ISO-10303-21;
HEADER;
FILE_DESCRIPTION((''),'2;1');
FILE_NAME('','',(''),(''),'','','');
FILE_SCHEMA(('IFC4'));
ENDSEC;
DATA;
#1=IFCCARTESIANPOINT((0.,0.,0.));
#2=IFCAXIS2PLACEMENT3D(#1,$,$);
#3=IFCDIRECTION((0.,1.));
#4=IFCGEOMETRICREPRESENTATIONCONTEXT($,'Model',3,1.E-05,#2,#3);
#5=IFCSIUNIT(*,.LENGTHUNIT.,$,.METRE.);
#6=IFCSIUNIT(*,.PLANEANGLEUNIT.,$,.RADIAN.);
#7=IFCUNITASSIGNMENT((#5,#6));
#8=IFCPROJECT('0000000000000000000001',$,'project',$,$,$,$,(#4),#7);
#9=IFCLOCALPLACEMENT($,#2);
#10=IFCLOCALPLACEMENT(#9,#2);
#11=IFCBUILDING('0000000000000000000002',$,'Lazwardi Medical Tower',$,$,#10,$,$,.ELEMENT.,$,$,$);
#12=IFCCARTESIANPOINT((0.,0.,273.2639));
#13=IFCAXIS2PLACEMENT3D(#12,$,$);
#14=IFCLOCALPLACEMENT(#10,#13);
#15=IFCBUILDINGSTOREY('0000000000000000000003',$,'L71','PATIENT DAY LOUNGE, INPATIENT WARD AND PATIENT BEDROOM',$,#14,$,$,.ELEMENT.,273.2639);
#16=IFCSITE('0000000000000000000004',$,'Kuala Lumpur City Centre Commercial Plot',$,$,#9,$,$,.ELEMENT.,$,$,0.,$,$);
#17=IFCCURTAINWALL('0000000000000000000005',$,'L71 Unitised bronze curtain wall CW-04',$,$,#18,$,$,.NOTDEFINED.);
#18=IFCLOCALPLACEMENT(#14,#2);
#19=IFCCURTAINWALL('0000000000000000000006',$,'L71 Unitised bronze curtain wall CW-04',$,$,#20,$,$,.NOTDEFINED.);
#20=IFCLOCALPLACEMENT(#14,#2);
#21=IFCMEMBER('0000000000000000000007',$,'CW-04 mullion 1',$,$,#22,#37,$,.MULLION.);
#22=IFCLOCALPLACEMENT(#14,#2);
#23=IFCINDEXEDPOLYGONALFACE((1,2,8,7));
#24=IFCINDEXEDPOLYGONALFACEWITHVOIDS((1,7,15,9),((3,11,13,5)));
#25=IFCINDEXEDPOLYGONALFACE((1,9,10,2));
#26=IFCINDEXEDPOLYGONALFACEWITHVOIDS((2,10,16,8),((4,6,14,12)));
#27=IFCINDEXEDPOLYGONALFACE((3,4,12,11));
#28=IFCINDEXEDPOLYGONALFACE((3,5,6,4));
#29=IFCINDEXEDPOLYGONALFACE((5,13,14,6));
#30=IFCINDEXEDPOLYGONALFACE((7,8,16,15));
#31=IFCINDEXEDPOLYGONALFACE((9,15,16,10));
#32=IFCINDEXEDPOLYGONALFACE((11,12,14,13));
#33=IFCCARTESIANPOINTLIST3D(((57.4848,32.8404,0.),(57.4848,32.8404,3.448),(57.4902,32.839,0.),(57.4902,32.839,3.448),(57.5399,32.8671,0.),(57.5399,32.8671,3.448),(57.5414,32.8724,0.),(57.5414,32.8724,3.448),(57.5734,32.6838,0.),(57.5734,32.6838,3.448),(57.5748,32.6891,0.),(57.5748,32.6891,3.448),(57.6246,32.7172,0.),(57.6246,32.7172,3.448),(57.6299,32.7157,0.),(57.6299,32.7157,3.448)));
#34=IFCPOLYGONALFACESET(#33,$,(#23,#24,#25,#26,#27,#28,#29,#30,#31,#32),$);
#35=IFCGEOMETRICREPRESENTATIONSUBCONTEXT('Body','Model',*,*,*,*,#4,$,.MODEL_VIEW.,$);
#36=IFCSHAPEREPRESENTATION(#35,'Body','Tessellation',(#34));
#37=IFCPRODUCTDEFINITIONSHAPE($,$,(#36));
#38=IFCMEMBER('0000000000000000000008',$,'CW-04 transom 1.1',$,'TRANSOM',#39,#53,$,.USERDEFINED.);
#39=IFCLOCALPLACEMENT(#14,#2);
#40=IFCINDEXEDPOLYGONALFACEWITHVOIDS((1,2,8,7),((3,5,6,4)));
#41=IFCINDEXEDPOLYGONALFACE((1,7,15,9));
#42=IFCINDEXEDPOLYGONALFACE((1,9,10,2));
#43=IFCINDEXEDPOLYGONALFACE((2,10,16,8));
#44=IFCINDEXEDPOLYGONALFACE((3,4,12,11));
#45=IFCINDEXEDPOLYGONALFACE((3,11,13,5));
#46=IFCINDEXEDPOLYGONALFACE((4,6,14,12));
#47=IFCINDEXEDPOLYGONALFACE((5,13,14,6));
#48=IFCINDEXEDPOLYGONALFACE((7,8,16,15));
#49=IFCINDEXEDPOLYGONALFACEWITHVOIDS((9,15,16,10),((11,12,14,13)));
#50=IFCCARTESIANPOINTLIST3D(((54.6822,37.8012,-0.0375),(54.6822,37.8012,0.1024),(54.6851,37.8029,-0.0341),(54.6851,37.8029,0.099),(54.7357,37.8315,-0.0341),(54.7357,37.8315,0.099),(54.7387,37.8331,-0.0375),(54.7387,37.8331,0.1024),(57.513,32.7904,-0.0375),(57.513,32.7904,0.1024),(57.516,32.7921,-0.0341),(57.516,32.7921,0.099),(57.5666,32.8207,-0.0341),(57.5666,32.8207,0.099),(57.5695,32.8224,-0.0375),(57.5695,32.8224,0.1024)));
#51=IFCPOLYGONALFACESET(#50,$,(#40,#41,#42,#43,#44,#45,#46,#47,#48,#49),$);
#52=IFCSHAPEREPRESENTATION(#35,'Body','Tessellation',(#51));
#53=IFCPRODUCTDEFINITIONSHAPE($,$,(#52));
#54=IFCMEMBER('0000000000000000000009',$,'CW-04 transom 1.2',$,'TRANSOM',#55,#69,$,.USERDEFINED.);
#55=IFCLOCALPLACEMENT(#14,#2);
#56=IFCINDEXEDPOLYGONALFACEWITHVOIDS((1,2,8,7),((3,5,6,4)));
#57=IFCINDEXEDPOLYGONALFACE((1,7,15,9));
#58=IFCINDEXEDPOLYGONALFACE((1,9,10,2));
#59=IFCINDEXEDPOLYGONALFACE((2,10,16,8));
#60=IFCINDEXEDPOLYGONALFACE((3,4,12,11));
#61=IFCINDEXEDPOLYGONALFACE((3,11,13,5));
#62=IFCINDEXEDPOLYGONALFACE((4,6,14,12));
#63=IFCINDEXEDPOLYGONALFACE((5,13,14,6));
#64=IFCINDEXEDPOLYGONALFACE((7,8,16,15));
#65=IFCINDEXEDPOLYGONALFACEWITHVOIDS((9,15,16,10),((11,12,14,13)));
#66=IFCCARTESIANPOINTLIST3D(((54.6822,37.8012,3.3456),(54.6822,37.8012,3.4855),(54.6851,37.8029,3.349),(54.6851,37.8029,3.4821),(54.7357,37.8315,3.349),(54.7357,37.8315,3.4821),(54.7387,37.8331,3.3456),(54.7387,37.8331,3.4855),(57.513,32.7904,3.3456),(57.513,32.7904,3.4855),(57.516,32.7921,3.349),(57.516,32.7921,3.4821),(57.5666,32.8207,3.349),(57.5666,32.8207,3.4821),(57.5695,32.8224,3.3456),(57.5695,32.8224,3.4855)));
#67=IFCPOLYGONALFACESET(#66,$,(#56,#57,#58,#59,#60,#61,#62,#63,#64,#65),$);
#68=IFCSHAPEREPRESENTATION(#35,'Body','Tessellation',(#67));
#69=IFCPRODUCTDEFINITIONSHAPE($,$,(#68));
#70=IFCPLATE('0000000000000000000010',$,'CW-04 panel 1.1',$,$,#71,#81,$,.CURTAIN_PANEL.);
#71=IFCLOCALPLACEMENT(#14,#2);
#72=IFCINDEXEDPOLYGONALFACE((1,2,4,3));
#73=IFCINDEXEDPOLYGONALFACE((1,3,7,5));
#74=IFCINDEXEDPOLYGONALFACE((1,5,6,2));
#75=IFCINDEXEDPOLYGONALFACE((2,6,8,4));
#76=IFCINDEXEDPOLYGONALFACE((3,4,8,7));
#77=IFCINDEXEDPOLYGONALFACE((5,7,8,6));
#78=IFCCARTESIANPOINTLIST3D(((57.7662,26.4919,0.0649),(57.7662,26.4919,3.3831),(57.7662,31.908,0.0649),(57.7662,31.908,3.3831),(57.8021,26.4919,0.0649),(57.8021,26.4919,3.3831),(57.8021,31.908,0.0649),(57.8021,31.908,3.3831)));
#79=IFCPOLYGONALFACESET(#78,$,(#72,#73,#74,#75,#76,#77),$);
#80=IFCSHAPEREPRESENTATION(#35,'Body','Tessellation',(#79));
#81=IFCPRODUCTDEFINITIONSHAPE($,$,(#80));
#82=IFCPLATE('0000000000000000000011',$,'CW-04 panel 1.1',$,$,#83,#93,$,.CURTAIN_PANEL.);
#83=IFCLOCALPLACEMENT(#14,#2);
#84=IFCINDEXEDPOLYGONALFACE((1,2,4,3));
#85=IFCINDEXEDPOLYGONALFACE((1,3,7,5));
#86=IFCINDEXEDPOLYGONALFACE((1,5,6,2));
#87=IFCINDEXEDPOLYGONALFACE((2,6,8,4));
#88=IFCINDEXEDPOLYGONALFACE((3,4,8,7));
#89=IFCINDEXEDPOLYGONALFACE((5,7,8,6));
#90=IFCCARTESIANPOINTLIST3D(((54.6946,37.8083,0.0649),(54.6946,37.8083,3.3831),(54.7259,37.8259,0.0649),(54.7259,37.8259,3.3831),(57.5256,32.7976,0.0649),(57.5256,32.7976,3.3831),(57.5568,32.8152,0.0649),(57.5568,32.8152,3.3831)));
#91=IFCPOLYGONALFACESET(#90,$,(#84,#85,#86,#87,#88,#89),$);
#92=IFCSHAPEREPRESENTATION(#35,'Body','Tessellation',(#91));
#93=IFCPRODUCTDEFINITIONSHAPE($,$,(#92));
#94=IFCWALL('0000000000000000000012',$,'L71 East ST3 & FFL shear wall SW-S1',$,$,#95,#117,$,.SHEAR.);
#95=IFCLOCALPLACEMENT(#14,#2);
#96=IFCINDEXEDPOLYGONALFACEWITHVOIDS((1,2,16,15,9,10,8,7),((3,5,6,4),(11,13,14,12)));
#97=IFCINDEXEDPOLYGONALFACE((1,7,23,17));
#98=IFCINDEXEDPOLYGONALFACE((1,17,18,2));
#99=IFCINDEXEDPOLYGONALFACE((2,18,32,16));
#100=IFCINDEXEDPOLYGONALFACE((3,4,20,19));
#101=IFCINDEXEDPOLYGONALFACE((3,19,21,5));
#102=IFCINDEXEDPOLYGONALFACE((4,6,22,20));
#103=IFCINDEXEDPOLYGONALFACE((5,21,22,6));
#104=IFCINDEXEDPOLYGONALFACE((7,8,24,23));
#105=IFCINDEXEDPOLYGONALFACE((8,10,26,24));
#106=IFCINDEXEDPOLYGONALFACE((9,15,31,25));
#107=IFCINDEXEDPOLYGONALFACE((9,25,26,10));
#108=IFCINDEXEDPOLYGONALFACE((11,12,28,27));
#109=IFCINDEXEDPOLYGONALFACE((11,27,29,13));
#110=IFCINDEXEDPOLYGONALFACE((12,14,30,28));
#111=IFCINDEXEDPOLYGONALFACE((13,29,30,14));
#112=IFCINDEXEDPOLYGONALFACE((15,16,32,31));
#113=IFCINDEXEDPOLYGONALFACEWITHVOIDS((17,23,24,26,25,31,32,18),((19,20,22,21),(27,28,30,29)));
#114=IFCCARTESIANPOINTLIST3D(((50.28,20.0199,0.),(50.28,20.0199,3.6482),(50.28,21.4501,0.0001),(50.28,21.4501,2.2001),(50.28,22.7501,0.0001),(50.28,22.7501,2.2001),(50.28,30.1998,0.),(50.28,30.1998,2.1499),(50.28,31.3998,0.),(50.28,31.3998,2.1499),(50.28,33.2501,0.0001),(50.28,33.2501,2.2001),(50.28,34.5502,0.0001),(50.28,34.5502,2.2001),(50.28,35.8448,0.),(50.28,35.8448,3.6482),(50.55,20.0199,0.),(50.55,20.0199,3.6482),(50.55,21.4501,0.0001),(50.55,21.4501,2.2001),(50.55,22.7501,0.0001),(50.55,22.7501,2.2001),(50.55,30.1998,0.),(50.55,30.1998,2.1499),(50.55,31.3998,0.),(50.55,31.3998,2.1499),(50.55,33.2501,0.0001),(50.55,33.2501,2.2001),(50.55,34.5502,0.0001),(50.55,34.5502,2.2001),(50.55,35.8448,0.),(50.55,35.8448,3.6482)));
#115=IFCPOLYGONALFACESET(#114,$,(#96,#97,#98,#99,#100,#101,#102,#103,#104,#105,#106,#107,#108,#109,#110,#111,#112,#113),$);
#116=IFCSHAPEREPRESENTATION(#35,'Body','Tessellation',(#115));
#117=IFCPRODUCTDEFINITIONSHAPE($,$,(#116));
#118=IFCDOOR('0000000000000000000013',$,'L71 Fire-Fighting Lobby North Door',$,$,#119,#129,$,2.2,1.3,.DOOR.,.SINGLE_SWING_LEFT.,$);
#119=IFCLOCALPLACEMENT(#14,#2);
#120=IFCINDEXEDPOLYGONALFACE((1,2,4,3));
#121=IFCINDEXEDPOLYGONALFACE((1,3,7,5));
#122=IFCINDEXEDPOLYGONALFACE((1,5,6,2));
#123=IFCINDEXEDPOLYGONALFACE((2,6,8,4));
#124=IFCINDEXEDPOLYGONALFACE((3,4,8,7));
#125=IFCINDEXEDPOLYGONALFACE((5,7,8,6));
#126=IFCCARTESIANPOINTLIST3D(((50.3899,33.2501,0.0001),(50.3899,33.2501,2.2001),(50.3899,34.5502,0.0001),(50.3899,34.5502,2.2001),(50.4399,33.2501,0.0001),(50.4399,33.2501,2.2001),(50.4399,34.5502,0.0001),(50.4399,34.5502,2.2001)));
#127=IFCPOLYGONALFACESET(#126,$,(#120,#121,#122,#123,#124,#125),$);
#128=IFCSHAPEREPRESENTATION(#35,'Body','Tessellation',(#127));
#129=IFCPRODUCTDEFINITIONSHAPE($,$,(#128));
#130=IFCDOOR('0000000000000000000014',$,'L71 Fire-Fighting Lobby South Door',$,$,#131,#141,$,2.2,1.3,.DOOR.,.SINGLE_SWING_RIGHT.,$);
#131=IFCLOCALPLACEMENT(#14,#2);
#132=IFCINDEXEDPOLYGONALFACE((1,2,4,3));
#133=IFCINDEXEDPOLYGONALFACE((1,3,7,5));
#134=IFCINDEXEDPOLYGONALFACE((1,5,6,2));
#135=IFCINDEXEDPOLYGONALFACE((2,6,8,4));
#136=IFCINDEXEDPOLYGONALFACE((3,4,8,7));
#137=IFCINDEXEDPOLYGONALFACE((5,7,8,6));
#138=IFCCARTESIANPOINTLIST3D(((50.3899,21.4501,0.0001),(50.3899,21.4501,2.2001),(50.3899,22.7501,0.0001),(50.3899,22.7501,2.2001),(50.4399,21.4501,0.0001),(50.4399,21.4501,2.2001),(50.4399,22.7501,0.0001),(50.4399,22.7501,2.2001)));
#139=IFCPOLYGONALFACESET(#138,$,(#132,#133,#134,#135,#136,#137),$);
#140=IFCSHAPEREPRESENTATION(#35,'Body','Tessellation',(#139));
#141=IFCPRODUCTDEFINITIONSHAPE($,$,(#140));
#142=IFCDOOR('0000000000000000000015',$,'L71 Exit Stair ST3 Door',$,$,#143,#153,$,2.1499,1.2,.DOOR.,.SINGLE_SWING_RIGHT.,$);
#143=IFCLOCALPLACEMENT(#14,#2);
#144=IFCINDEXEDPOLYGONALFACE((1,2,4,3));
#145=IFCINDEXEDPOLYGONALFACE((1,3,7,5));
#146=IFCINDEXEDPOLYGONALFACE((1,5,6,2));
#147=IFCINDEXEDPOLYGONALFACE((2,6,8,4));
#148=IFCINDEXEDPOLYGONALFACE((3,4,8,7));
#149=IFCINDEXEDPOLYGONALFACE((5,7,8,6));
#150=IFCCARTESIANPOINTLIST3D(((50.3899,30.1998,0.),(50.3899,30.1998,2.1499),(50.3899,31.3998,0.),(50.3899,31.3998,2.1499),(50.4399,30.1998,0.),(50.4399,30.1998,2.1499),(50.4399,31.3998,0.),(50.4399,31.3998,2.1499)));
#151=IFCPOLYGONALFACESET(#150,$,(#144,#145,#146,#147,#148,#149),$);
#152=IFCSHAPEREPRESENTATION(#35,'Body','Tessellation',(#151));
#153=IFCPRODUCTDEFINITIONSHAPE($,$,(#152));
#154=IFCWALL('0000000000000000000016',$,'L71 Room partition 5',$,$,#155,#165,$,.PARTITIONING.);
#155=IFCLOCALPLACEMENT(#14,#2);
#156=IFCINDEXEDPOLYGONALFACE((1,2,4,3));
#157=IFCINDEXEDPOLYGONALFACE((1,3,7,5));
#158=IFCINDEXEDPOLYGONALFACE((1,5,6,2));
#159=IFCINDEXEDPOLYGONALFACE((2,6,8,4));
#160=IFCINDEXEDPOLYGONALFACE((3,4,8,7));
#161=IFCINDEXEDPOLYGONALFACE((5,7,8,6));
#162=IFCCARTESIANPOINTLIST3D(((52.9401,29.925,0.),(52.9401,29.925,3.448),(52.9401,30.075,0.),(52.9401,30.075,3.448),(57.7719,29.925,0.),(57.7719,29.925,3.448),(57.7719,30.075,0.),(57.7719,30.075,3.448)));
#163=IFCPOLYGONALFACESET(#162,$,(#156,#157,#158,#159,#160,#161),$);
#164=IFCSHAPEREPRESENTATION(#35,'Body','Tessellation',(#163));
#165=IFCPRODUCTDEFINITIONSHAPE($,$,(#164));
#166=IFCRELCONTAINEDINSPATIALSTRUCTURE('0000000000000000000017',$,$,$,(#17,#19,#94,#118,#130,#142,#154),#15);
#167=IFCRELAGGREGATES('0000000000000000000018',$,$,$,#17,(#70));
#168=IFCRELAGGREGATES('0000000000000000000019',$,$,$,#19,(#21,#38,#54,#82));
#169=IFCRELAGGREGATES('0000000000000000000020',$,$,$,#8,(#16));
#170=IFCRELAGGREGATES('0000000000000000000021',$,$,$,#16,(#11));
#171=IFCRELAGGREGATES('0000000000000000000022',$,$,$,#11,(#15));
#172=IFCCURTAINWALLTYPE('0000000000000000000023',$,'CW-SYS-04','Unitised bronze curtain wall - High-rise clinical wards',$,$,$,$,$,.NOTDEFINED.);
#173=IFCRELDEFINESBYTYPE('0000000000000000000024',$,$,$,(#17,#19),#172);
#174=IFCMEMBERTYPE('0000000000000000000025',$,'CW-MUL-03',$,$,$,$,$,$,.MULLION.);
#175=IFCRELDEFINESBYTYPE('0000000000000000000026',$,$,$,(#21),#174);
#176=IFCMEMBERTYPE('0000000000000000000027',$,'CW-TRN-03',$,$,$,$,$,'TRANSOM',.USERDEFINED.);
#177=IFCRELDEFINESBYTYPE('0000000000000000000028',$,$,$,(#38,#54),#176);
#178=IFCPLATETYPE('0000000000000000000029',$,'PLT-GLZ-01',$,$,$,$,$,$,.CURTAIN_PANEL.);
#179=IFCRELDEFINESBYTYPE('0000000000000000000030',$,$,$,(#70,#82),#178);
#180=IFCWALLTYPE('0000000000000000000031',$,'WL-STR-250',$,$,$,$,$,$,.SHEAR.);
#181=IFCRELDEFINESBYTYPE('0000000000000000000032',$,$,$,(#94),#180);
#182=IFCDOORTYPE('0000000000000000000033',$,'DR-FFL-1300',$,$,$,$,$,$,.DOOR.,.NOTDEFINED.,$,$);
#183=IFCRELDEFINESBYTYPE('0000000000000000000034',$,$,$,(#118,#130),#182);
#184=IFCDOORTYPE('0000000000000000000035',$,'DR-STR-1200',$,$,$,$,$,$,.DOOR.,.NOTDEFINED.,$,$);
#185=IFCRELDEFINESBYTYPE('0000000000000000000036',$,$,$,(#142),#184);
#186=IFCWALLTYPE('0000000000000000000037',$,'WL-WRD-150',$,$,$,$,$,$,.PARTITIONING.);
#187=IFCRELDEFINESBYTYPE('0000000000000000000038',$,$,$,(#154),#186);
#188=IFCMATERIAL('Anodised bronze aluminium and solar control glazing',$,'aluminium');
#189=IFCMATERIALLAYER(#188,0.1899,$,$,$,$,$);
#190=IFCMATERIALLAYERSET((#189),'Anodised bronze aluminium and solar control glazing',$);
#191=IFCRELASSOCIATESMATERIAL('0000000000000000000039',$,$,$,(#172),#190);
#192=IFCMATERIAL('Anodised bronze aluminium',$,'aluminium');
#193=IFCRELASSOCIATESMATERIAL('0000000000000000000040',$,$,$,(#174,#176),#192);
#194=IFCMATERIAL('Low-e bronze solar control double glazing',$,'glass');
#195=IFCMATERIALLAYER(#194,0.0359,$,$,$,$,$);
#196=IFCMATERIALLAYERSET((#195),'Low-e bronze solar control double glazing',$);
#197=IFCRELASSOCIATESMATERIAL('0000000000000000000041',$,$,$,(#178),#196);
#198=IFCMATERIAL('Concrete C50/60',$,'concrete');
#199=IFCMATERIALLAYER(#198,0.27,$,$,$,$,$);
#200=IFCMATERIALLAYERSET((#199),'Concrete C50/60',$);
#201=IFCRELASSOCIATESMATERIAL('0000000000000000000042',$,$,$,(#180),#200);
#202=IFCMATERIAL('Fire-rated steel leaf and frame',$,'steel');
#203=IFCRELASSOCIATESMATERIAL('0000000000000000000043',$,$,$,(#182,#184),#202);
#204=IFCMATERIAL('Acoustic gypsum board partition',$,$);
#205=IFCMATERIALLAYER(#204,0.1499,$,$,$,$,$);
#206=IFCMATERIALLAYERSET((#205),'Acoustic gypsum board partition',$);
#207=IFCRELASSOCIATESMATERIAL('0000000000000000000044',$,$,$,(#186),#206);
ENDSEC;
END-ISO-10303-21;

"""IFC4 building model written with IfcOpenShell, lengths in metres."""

from ifc_helpers import new_model, si_unit, direction, frame, frame_2d, origin, origin_2d, place, context, subcontext, project, spatial, rectangle, hollow_rectangle, extrude, material, layer, layer_set, material_profile, profile_set, type_object, element, fill, aggregate, save


model = new_model("IFC4")

# Units and contexts
model_context = context("Model", 3, precision=1e-05, world=origin(), true_north=direction((0.0, 1.0)))
body_context = subcontext(model_context, "Body", "Model", "MODEL_VIEW")
ifc_project = project(units=[si_unit("LENGTHUNIT", "METRE"), si_unit("PLANEANGLEUNIT", "RADIAN")], contexts=[model_context])

# Site, building, storey
site_placement = place(None, origin())
site = spatial("IfcSite", under=ifc_project, at=site_placement, Name="Kuala Lumpur City Centre Commercial Plot", CompositionType="ELEMENT", RefElevation=0.0)
building_placement = place(site_placement, origin())
building = spatial("IfcBuilding", under=site, at=building_placement, Name="Lazwardi Medical Tower", CompositionType="ELEMENT")
storey_placement = place(building_placement, frame((0.0, 0.0, 273.2639)))
storey = spatial("IfcBuildingStorey", under=building, at=storey_placement, Name="L71", Description="PATIENT DAY LOUNGE, INPATIENT WARD AND PATIENT BEDROOM", CompositionType="ELEMENT", Elevation=273.2639)

# Curtain wall
ifc_material_1 = material(Name="Anodised bronze aluminium and solar control glazing", Category="aluminium")
ifc_layer_1 = layer(ifc_material_1, 0.1899)
ifc_layer_set_1 = layer_set([ifc_layer_1], Name="Anodised bronze aluminium and solar control glazing")
curtain_wall_type = type_object("IfcCurtainWallType", Name="CW-SYS-04", Description="Unitised bronze curtain wall - High-rise clinical wards", PredefinedType="NOTDEFINED", material=ifc_layer_set_1)
curtain_wall_1_placement = place(storey_placement, origin())
curtain_wall_1 = element("IfcCurtainWall", 1, at=curtain_wall_1_placement, inside=storey, type_object=curtain_wall_type, Name="L71 Unitised bronze curtain wall CW-04", PredefinedType="NOTDEFINED")
ifc_material_2 = material(Name="Anodised bronze aluminium", Category="aluminium")
ifc_material_profile_1 = material_profile(ifc_material_2, hollow_rectangle(XDim=0.0649, YDim=0.1799, WallThickness=0.0039, at=origin_2d()), Name="ALU-MULLION 180x65x4")
ifc_profile_set_1 = profile_set([ifc_material_profile_1], Name="Anodised bronze aluminium")
member_type_1 = type_object("IfcMemberType", Name="CW-MUL-03", PredefinedType="MULLION", material=ifc_profile_set_1)

# Curtain wall, members
curtain_wall_2_placement = place(storey_placement, origin())
curtain_wall_2 = element("IfcCurtainWall", 2, at=curtain_wall_2_placement, inside=storey, type_object=curtain_wall_type, Name="L71 Unitised bronze curtain wall CW-04", PredefinedType="NOTDEFINED")
member_1_placement = place(storey_placement, frame((57.5574, 32.7781, 0.0), z_axis=(0.0, 0.0, 1.0), x_axis=(-0.870651, -0.4919, 0.0)))
member_1 = element("IfcMember", 3, at=member_1_placement, type_object=member_type_1, Name="CW-04 mullion 1", PredefinedType="MULLION", context=body_context, shape_type="SweptSolid", body=[
    extrude(hollow_rectangle(XDim=0.0649, YDim=0.1799, WallThickness=0.0039, at=origin_2d()), origin(), (0.0, 0.0, 1.0), 3.448),
])
ifc_material_profile_2 = material_profile(ifc_material_2, hollow_rectangle(XDim=0.0649, YDim=0.1399, WallThickness=0.0034, at=origin_2d()), Name="ALU-TRANSOM 140x65x3.5")
ifc_profile_set_2 = profile_set([ifc_material_profile_2], Name="Anodised bronze aluminium")
member_type_2 = type_object("IfcMemberType", Name="CW-TRN-03", ElementType="TRANSOM", PredefinedType="USERDEFINED", material=ifc_profile_set_2)
member_2_placement = place(storey_placement, frame((57.5413, 32.8064, 0.0325), z_axis=(-0.49188, 0.870663, 0.0), x_axis=(-0.870663, -0.49188, 0.0)))
member_2 = element("IfcMember", 4, at=member_2_placement, type_object=member_type_2, Name="CW-04 transom 1.1", ObjectType="TRANSOM", PredefinedType="USERDEFINED", context=body_context, shape_type="SweptSolid", body=[
    extrude(hollow_rectangle(XDim=0.0649, YDim=0.1399, WallThickness=0.0034, at=origin_2d()), origin(), (0.0, 0.0, 1.0), 5.7551),
])
member_3_placement = place(storey_placement, frame((57.5413, 32.8064, 3.4155), z_axis=(-0.49188, 0.870663, 0.0), x_axis=(-0.870663, -0.49188, 0.0)))
member_3 = element("IfcMember", 5, at=member_3_placement, type_object=member_type_2, Name="CW-04 transom 1.2", ObjectType="TRANSOM", PredefinedType="USERDEFINED", context=body_context, shape_type="SweptSolid", body=[
    extrude(hollow_rectangle(XDim=0.0649, YDim=0.1399, WallThickness=0.0034, at=origin_2d()), origin(), (0.0, 0.0, 1.0), 5.7551),
])

# Plates
ifc_material_3 = material(Name="Low-e bronze solar control double glazing", Category="glass")
ifc_layer_2 = layer(ifc_material_3, 0.0359)
ifc_layer_set_2 = layer_set([ifc_layer_2], Name="Low-e bronze solar control double glazing")
plate_type = type_object("IfcPlateType", Name="PLT-GLZ-01", PredefinedType="CURTAIN_PANEL", material=ifc_layer_set_2)
plate_1_placement = place(storey_placement, frame((57.7842, 29.2, 0.0649), z_axis=(0.0, 0.0, 1.0), x_axis=(0.0, 1.0, 0.0)))
plate_1 = element("IfcPlate", 6, at=plate_1_placement, type_object=plate_type, Name="CW-04 panel 1.1", PredefinedType="CURTAIN_PANEL", context=body_context, shape_type="SweptSolid", body=[
    extrude(rectangle(XDim=5.416, YDim=0.0359, at=origin_2d()), origin(), (0.0, 0.0, 1.0), 3.3181),
])
aggregate(curtain_wall_1, [plate_1])
plate_2_placement = place(storey_placement, frame((56.1257, 35.3118, 0.0649), z_axis=(0.0, 0.0, 1.0), x_axis=(-0.4919, 0.870651, 0.0)))
plate_2 = element("IfcPlate", 7, at=plate_2_placement, type_object=plate_type, Name="CW-04 panel 1.1", PredefinedType="CURTAIN_PANEL", context=body_context, shape_type="SweptSolid", body=[
    extrude(rectangle(XDim=5.7551, YDim=0.0359, at=origin_2d()), origin(), (0.0, 0.0, 1.0), 3.3181),
])
aggregate(curtain_wall_2, [member_1, member_2, member_3, plate_2])

# Wall, openings, doors
ifc_material_4 = material(Name="Concrete C50/60", Category="concrete")
ifc_layer_3 = layer(ifc_material_4, 0.27)
ifc_layer_set_3 = layer_set([ifc_layer_3], Name="Concrete C50/60")
wall_type_1 = type_object("IfcWallType", Name="WL-STR-250", PredefinedType="SHEAR", material=ifc_layer_set_3)
wall_1_placement = place(storey_placement, frame((50.415, 35.845, 0.0), z_axis=(0.0, 0.0, 1.0), x_axis=(0.0, -1.0, 0.0)))
wall_1 = element("IfcWall", 8, at=wall_1_placement, inside=storey, type_object=wall_type_1, Name="L71 East ST3 & FFL shear wall SW-S1", PredefinedType="SHEAR", context=body_context, shape_type="SweptSolid", body=[
    extrude(rectangle(XDim=15.825, YDim=0.27, at=frame_2d((7.9126, 0.0))), origin(), (0.0, 0.0, 1.0), 3.6482),
])
opening_1_placement = place(wall_1_placement, frame((4.4451, 0.0, 0.0)))
opening_1 = element("IfcOpeningElement", 9, at=opening_1_placement, cuts=wall_1, PredefinedType="OPENING", context=body_context, shape_type="SweptSolid", body=[
    extrude(rectangle(XDim=1.2, YDim=2.1499, at=frame_2d((0.6001, 1.075))), frame((0.0, 0.145, 0.0), z_axis=(0.0, -1.0, 0.0), x_axis=(1.0, 0.0, 0.0)), (0.0, 0.0, 1.0), 0.29),
])
opening_2_placement = place(wall_1_placement, frame((1.2949, 0.0, 0.0)))
opening_2 = element("IfcOpeningElement", 10, at=opening_2_placement, cuts=wall_1, PredefinedType="OPENING", context=body_context, shape_type="SweptSolid", body=[
    extrude(rectangle(XDim=1.3, YDim=2.2, at=frame_2d((0.6499, 1.1001))), frame((0.0, 0.145, 0.0), z_axis=(0.0, -1.0, 0.0), x_axis=(1.0, 0.0, 0.0)), (0.0, 0.0, 1.0), 0.29),
])
opening_3_placement = place(wall_1_placement, frame((13.095, 0.0, 0.0)))
opening_3 = element("IfcOpeningElement", 11, at=opening_3_placement, cuts=wall_1, PredefinedType="OPENING", context=body_context, shape_type="SweptSolid", body=[
    extrude(rectangle(XDim=1.3, YDim=2.2, at=frame_2d((0.6499, 1.1001))), frame((0.0, 0.145, 0.0), z_axis=(0.0, -1.0, 0.0), x_axis=(1.0, 0.0, 0.0)), (0.0, 0.0, 1.0), 0.29),
])
ifc_material_5 = material(Name="Fire-rated steel leaf and frame", Category="steel")
door_type_1 = type_object("IfcDoorType", Name="DR-FFL-1300", OperationType="NOTDEFINED", PredefinedType="DOOR", material=ifc_material_5)
door_1_placement = place(opening_2_placement, origin())
door_1 = element("IfcDoor", 12, at=door_1_placement, inside=storey, type_object=door_type_1, Name="L71 Fire-Fighting Lobby North Door", OperationType="SINGLE_SWING_LEFT", OverallHeight=2.2, OverallWidth=1.3, PredefinedType="DOOR", context=body_context, shape_type="SweptSolid", body=[
    extrude(rectangle(XDim=1.3, YDim=2.2, at=frame_2d((0.6499, 1.1001))), frame((0.0, 0.0249, 0.0), z_axis=(0.0, -1.0, 0.0), x_axis=(1.0, 0.0, 0.0)), (0.0, 0.0, 1.0), 0.05),
])
fill(opening_2, door_1)
door_2_placement = place(opening_3_placement, origin())
door_2 = element("IfcDoor", 13, at=door_2_placement, inside=storey, type_object=door_type_1, Name="L71 Fire-Fighting Lobby South Door", OperationType="SINGLE_SWING_RIGHT", OverallHeight=2.2, OverallWidth=1.3, PredefinedType="DOOR", context=body_context, shape_type="SweptSolid", body=[
    extrude(rectangle(XDim=1.3, YDim=2.2, at=frame_2d((0.6499, 1.1001))), frame((0.0, 0.0249, 0.0), z_axis=(0.0, -1.0, 0.0), x_axis=(1.0, 0.0, 0.0)), (0.0, 0.0, 1.0), 0.05),
])
fill(opening_3, door_2)
door_type_2 = type_object("IfcDoorType", Name="DR-STR-1200", OperationType="NOTDEFINED", PredefinedType="DOOR", material=ifc_material_5)
door_3_placement = place(opening_1_placement, origin())
door_3 = element("IfcDoor", 14, at=door_3_placement, inside=storey, type_object=door_type_2, Name="L71 Exit Stair ST3 Door", OperationType="SINGLE_SWING_RIGHT", OverallHeight=2.1499, OverallWidth=1.2, PredefinedType="DOOR", context=body_context, shape_type="SweptSolid", body=[
    extrude(rectangle(XDim=1.2, YDim=2.1499, at=frame_2d((0.6001, 1.075))), frame((0.0, 0.0249, 0.0), z_axis=(0.0, -1.0, 0.0), x_axis=(1.0, 0.0, 0.0)), (0.0, 0.0, 1.0), 0.05),
])
fill(opening_1, door_3)

# Wall
ifc_material_6 = material(Name="Acoustic gypsum board partition")
ifc_layer_4 = layer(ifc_material_6, 0.1499)
ifc_layer_set_4 = layer_set([ifc_layer_4], Name="Acoustic gypsum board partition")
wall_type_2 = type_object("IfcWallType", Name="WL-WRD-150", PredefinedType="PARTITIONING", material=ifc_layer_set_4)
wall_2_placement = place(storey_placement, frame((52.9399, 30.0, 0.0), z_axis=(0.0, 0.0, 1.0), x_axis=(1.0, 0.0, 0.0)))
element("IfcWall", 15, at=wall_2_placement, inside=storey, type_object=wall_type_2, Name="L71 Room partition 5", PredefinedType="PARTITIONING", context=body_context, shape_type="SweptSolid", body=[
    extrude(rectangle(XDim=4.8318, YDim=0.1499, at=frame_2d((2.416, 0.0))), origin(), (0.0, 0.0, 1.0), 3.448),
])

save(model, "model.ifc")
